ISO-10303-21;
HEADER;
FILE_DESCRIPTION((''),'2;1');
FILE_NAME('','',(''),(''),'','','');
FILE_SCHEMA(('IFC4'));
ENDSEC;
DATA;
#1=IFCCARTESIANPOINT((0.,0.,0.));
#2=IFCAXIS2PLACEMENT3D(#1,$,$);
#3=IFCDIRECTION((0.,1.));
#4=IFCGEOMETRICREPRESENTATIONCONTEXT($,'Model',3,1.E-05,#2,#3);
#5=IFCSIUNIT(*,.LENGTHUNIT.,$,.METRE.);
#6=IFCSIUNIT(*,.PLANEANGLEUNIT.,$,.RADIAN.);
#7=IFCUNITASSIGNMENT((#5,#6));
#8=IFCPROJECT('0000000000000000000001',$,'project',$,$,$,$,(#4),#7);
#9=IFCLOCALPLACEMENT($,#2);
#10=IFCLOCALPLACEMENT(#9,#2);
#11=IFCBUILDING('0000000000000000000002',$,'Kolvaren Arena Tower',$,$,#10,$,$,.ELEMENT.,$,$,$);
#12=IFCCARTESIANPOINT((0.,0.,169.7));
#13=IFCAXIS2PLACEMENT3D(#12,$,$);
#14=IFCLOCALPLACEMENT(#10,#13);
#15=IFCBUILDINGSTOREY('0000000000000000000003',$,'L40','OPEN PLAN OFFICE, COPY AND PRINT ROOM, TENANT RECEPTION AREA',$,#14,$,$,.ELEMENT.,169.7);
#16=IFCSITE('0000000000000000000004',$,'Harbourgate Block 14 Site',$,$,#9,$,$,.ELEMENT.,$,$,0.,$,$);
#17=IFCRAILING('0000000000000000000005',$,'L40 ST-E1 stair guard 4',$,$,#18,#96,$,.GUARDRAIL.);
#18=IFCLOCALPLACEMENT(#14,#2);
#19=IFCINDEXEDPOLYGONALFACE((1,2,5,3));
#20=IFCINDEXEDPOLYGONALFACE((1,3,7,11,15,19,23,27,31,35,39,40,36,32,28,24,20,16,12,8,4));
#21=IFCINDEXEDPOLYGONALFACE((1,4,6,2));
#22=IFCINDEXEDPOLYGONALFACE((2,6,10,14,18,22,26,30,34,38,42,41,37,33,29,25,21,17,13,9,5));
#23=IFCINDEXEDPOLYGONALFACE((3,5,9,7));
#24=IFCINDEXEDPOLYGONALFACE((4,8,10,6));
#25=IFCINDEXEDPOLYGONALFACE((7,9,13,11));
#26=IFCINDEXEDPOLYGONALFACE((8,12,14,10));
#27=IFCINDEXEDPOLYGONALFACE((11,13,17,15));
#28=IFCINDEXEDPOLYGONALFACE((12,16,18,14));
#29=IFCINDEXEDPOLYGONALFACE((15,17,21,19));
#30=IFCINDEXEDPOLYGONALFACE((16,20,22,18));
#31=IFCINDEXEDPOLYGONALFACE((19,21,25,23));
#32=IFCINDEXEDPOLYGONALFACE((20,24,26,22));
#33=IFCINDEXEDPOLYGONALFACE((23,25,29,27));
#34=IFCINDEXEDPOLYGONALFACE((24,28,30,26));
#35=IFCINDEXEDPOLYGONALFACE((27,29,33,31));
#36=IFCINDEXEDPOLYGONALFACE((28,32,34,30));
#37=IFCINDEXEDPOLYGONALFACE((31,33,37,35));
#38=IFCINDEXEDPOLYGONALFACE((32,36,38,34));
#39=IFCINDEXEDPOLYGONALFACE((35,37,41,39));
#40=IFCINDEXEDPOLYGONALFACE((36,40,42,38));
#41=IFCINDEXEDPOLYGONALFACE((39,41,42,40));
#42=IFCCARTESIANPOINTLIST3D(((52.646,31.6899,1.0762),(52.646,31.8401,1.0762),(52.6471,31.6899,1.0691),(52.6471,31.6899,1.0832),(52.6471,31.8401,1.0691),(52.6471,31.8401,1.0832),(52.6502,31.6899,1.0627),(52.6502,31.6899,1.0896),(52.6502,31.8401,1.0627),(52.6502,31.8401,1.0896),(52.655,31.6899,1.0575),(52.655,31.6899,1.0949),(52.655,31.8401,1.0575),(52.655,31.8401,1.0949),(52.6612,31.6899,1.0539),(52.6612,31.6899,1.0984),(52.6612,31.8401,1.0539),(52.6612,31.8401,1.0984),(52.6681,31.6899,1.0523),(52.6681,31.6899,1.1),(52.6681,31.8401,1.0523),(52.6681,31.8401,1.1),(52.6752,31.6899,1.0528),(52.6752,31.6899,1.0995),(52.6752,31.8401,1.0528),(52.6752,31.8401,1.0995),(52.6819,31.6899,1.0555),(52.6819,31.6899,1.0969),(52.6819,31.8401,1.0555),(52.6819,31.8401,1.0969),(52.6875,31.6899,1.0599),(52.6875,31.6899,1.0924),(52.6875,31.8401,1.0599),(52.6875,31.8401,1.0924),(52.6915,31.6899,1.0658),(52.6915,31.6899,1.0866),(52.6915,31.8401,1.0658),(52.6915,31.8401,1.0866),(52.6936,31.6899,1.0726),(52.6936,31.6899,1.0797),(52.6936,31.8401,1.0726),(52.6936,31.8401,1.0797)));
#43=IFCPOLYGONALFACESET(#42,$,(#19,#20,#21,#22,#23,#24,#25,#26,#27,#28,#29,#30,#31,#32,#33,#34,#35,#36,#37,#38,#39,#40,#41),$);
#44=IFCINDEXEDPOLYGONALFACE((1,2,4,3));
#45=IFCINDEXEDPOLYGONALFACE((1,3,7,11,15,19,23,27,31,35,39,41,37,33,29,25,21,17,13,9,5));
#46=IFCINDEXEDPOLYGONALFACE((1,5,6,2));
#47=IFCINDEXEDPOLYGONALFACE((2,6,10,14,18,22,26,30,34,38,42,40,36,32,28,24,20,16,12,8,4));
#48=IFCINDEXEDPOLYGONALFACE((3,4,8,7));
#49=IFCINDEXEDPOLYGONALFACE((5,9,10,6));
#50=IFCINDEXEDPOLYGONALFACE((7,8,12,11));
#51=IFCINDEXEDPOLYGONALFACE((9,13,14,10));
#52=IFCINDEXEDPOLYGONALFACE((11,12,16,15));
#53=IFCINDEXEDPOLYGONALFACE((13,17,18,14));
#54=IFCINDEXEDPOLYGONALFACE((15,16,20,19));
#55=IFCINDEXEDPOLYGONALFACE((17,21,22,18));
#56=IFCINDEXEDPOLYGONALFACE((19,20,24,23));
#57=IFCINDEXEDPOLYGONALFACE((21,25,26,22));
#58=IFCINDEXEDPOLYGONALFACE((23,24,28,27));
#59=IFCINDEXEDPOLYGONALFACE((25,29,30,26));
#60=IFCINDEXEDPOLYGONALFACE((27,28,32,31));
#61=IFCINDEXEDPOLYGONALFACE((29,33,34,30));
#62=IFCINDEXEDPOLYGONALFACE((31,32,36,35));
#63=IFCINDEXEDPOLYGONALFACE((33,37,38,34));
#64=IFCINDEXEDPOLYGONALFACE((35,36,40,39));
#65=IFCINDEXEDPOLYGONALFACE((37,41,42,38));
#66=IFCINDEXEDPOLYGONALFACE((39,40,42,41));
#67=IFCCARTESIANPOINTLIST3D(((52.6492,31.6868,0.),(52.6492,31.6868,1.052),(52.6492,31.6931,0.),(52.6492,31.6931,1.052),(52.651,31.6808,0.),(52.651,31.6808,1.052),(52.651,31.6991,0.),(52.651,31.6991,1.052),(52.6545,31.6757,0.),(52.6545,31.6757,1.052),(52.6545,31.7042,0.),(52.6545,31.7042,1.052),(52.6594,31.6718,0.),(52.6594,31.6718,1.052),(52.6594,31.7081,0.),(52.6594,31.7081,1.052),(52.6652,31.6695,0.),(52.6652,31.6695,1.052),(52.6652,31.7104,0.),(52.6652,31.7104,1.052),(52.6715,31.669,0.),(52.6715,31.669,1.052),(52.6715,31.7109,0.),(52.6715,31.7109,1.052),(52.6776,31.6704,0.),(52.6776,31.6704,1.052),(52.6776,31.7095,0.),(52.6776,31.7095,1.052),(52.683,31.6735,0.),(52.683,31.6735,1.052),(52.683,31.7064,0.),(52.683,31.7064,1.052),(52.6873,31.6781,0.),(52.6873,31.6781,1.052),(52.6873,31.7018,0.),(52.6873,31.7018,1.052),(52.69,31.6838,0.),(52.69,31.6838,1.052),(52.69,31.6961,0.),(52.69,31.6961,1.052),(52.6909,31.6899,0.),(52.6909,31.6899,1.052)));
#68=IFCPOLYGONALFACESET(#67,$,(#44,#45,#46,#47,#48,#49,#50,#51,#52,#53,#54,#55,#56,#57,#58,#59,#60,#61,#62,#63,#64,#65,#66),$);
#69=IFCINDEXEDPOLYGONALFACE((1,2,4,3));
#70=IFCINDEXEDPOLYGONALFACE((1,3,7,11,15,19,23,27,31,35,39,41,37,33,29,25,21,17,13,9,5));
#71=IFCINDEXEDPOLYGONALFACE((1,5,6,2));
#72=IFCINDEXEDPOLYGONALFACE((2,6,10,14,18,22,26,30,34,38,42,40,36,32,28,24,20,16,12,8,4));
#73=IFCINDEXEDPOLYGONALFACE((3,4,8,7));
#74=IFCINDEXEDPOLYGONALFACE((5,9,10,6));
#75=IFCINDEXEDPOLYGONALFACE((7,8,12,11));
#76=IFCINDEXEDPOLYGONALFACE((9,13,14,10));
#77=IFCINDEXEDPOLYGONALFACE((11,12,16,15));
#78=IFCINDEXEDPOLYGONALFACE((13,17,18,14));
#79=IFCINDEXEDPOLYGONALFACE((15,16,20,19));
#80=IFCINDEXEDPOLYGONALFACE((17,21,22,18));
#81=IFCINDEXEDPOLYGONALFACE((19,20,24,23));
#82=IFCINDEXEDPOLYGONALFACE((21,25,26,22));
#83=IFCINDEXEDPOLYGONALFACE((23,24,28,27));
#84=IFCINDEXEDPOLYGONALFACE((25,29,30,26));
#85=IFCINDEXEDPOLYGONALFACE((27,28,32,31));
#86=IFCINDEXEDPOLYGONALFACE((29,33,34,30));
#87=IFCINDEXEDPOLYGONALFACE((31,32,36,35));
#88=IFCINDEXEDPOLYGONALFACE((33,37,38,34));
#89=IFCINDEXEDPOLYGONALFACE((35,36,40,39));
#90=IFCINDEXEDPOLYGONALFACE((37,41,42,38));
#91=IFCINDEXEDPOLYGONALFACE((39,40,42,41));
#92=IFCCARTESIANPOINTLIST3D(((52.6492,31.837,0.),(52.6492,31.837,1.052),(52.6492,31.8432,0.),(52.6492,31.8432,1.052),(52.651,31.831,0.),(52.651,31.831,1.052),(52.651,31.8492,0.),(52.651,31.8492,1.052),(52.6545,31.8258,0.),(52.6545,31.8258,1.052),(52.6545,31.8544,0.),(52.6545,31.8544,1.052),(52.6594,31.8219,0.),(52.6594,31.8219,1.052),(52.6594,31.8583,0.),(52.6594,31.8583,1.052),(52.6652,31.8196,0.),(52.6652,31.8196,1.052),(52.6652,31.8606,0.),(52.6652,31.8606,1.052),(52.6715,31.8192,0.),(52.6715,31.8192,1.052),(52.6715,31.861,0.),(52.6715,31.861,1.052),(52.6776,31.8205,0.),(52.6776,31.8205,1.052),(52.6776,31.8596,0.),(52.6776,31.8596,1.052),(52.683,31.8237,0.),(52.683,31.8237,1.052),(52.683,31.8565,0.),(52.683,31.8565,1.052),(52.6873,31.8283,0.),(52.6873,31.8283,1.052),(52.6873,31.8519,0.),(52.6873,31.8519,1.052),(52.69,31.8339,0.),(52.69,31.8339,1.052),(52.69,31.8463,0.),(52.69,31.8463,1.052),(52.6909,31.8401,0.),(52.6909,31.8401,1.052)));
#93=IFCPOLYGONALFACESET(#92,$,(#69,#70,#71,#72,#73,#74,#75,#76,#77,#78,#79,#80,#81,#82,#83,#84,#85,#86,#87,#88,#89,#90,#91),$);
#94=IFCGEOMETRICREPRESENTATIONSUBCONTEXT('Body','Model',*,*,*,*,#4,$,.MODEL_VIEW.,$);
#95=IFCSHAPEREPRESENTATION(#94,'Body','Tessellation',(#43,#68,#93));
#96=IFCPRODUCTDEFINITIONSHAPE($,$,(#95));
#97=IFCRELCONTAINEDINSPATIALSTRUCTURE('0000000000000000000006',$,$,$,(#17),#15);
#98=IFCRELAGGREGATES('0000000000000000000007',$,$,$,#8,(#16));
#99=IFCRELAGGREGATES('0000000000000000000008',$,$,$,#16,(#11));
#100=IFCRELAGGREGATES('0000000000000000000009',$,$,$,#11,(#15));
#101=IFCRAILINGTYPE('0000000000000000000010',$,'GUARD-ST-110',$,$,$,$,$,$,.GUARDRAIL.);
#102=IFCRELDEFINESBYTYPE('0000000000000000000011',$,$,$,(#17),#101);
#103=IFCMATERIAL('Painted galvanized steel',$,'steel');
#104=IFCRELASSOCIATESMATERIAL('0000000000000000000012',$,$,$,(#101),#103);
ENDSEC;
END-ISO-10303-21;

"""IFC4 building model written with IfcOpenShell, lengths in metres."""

from ifc_helpers import new_model, si_unit, direction, frame, origin, origin_2d, place, context, subcontext, project, spatial, circle, extrude, material, type_object, element, save


model = new_model("IFC4")

# Units and contexts
model_context = context("Model", 3, precision=1e-05, world=origin(), true_north=direction((0.0, 1.0)))
body_context = subcontext(model_context, "Body", "Model", "MODEL_VIEW")
ifc_project = project(units=[si_unit("LENGTHUNIT", "METRE"), si_unit("PLANEANGLEUNIT", "RADIAN")], contexts=[model_context])

# Site, building, storey
site_placement = place(None, origin())
site = spatial("IfcSite", under=ifc_project, at=site_placement, Name="Harbourgate Block 14 Site", CompositionType="ELEMENT", RefElevation=0.0)
building_placement = place(site_placement, origin())
building = spatial("IfcBuilding", under=site, at=building_placement, Name="Kolvaren Arena Tower", CompositionType="ELEMENT")
storey_placement = place(building_placement, frame((0.0, 0.0, 169.7)))
storey = spatial("IfcBuildingStorey", under=building, at=storey_placement, Name="L40", Description="OPEN PLAN OFFICE, COPY AND PRINT ROOM, TENANT RECEPTION AREA", CompositionType="ELEMENT", Elevation=169.7)

# Railing
ifc_material_1 = material(Name="Painted galvanized steel", Category="steel")
railing_type_1 = type_object("IfcRailingType", Name="GUARD-ST-110", PredefinedType="GUARDRAIL", material=ifc_material_1)
railing_1_placement = place(storey_placement, frame((52.6699, 31.6899, 0.0)))
element("IfcRailing", 1, at=railing_1_placement, inside=storey, type_object=railing_type_1, Name="L40 ST-E1 stair guard 4", PredefinedType="GUARDRAIL", context=body_context, shape_type="SweptSolid", body=[
    extrude(circle(Radius=0.0239, at=origin_2d()), frame((0.0, 0.0, 1.0762), z_axis=(0.0, 1.0, 0.0), x_axis=(-1.0, 0.0, 0.0)), (0.0, 0.0, 1.0), 0.1501),
    extrude(circle(Radius=0.021, at=origin_2d()), origin(), (0.0, 0.0, 1.0), 1.052),
    extrude(circle(Radius=0.021, at=origin_2d()), frame((0.0, 0.1501, 0.0)), (0.0, 0.0, 1.0), 1.052),
])

save(model, "model.ifc")
